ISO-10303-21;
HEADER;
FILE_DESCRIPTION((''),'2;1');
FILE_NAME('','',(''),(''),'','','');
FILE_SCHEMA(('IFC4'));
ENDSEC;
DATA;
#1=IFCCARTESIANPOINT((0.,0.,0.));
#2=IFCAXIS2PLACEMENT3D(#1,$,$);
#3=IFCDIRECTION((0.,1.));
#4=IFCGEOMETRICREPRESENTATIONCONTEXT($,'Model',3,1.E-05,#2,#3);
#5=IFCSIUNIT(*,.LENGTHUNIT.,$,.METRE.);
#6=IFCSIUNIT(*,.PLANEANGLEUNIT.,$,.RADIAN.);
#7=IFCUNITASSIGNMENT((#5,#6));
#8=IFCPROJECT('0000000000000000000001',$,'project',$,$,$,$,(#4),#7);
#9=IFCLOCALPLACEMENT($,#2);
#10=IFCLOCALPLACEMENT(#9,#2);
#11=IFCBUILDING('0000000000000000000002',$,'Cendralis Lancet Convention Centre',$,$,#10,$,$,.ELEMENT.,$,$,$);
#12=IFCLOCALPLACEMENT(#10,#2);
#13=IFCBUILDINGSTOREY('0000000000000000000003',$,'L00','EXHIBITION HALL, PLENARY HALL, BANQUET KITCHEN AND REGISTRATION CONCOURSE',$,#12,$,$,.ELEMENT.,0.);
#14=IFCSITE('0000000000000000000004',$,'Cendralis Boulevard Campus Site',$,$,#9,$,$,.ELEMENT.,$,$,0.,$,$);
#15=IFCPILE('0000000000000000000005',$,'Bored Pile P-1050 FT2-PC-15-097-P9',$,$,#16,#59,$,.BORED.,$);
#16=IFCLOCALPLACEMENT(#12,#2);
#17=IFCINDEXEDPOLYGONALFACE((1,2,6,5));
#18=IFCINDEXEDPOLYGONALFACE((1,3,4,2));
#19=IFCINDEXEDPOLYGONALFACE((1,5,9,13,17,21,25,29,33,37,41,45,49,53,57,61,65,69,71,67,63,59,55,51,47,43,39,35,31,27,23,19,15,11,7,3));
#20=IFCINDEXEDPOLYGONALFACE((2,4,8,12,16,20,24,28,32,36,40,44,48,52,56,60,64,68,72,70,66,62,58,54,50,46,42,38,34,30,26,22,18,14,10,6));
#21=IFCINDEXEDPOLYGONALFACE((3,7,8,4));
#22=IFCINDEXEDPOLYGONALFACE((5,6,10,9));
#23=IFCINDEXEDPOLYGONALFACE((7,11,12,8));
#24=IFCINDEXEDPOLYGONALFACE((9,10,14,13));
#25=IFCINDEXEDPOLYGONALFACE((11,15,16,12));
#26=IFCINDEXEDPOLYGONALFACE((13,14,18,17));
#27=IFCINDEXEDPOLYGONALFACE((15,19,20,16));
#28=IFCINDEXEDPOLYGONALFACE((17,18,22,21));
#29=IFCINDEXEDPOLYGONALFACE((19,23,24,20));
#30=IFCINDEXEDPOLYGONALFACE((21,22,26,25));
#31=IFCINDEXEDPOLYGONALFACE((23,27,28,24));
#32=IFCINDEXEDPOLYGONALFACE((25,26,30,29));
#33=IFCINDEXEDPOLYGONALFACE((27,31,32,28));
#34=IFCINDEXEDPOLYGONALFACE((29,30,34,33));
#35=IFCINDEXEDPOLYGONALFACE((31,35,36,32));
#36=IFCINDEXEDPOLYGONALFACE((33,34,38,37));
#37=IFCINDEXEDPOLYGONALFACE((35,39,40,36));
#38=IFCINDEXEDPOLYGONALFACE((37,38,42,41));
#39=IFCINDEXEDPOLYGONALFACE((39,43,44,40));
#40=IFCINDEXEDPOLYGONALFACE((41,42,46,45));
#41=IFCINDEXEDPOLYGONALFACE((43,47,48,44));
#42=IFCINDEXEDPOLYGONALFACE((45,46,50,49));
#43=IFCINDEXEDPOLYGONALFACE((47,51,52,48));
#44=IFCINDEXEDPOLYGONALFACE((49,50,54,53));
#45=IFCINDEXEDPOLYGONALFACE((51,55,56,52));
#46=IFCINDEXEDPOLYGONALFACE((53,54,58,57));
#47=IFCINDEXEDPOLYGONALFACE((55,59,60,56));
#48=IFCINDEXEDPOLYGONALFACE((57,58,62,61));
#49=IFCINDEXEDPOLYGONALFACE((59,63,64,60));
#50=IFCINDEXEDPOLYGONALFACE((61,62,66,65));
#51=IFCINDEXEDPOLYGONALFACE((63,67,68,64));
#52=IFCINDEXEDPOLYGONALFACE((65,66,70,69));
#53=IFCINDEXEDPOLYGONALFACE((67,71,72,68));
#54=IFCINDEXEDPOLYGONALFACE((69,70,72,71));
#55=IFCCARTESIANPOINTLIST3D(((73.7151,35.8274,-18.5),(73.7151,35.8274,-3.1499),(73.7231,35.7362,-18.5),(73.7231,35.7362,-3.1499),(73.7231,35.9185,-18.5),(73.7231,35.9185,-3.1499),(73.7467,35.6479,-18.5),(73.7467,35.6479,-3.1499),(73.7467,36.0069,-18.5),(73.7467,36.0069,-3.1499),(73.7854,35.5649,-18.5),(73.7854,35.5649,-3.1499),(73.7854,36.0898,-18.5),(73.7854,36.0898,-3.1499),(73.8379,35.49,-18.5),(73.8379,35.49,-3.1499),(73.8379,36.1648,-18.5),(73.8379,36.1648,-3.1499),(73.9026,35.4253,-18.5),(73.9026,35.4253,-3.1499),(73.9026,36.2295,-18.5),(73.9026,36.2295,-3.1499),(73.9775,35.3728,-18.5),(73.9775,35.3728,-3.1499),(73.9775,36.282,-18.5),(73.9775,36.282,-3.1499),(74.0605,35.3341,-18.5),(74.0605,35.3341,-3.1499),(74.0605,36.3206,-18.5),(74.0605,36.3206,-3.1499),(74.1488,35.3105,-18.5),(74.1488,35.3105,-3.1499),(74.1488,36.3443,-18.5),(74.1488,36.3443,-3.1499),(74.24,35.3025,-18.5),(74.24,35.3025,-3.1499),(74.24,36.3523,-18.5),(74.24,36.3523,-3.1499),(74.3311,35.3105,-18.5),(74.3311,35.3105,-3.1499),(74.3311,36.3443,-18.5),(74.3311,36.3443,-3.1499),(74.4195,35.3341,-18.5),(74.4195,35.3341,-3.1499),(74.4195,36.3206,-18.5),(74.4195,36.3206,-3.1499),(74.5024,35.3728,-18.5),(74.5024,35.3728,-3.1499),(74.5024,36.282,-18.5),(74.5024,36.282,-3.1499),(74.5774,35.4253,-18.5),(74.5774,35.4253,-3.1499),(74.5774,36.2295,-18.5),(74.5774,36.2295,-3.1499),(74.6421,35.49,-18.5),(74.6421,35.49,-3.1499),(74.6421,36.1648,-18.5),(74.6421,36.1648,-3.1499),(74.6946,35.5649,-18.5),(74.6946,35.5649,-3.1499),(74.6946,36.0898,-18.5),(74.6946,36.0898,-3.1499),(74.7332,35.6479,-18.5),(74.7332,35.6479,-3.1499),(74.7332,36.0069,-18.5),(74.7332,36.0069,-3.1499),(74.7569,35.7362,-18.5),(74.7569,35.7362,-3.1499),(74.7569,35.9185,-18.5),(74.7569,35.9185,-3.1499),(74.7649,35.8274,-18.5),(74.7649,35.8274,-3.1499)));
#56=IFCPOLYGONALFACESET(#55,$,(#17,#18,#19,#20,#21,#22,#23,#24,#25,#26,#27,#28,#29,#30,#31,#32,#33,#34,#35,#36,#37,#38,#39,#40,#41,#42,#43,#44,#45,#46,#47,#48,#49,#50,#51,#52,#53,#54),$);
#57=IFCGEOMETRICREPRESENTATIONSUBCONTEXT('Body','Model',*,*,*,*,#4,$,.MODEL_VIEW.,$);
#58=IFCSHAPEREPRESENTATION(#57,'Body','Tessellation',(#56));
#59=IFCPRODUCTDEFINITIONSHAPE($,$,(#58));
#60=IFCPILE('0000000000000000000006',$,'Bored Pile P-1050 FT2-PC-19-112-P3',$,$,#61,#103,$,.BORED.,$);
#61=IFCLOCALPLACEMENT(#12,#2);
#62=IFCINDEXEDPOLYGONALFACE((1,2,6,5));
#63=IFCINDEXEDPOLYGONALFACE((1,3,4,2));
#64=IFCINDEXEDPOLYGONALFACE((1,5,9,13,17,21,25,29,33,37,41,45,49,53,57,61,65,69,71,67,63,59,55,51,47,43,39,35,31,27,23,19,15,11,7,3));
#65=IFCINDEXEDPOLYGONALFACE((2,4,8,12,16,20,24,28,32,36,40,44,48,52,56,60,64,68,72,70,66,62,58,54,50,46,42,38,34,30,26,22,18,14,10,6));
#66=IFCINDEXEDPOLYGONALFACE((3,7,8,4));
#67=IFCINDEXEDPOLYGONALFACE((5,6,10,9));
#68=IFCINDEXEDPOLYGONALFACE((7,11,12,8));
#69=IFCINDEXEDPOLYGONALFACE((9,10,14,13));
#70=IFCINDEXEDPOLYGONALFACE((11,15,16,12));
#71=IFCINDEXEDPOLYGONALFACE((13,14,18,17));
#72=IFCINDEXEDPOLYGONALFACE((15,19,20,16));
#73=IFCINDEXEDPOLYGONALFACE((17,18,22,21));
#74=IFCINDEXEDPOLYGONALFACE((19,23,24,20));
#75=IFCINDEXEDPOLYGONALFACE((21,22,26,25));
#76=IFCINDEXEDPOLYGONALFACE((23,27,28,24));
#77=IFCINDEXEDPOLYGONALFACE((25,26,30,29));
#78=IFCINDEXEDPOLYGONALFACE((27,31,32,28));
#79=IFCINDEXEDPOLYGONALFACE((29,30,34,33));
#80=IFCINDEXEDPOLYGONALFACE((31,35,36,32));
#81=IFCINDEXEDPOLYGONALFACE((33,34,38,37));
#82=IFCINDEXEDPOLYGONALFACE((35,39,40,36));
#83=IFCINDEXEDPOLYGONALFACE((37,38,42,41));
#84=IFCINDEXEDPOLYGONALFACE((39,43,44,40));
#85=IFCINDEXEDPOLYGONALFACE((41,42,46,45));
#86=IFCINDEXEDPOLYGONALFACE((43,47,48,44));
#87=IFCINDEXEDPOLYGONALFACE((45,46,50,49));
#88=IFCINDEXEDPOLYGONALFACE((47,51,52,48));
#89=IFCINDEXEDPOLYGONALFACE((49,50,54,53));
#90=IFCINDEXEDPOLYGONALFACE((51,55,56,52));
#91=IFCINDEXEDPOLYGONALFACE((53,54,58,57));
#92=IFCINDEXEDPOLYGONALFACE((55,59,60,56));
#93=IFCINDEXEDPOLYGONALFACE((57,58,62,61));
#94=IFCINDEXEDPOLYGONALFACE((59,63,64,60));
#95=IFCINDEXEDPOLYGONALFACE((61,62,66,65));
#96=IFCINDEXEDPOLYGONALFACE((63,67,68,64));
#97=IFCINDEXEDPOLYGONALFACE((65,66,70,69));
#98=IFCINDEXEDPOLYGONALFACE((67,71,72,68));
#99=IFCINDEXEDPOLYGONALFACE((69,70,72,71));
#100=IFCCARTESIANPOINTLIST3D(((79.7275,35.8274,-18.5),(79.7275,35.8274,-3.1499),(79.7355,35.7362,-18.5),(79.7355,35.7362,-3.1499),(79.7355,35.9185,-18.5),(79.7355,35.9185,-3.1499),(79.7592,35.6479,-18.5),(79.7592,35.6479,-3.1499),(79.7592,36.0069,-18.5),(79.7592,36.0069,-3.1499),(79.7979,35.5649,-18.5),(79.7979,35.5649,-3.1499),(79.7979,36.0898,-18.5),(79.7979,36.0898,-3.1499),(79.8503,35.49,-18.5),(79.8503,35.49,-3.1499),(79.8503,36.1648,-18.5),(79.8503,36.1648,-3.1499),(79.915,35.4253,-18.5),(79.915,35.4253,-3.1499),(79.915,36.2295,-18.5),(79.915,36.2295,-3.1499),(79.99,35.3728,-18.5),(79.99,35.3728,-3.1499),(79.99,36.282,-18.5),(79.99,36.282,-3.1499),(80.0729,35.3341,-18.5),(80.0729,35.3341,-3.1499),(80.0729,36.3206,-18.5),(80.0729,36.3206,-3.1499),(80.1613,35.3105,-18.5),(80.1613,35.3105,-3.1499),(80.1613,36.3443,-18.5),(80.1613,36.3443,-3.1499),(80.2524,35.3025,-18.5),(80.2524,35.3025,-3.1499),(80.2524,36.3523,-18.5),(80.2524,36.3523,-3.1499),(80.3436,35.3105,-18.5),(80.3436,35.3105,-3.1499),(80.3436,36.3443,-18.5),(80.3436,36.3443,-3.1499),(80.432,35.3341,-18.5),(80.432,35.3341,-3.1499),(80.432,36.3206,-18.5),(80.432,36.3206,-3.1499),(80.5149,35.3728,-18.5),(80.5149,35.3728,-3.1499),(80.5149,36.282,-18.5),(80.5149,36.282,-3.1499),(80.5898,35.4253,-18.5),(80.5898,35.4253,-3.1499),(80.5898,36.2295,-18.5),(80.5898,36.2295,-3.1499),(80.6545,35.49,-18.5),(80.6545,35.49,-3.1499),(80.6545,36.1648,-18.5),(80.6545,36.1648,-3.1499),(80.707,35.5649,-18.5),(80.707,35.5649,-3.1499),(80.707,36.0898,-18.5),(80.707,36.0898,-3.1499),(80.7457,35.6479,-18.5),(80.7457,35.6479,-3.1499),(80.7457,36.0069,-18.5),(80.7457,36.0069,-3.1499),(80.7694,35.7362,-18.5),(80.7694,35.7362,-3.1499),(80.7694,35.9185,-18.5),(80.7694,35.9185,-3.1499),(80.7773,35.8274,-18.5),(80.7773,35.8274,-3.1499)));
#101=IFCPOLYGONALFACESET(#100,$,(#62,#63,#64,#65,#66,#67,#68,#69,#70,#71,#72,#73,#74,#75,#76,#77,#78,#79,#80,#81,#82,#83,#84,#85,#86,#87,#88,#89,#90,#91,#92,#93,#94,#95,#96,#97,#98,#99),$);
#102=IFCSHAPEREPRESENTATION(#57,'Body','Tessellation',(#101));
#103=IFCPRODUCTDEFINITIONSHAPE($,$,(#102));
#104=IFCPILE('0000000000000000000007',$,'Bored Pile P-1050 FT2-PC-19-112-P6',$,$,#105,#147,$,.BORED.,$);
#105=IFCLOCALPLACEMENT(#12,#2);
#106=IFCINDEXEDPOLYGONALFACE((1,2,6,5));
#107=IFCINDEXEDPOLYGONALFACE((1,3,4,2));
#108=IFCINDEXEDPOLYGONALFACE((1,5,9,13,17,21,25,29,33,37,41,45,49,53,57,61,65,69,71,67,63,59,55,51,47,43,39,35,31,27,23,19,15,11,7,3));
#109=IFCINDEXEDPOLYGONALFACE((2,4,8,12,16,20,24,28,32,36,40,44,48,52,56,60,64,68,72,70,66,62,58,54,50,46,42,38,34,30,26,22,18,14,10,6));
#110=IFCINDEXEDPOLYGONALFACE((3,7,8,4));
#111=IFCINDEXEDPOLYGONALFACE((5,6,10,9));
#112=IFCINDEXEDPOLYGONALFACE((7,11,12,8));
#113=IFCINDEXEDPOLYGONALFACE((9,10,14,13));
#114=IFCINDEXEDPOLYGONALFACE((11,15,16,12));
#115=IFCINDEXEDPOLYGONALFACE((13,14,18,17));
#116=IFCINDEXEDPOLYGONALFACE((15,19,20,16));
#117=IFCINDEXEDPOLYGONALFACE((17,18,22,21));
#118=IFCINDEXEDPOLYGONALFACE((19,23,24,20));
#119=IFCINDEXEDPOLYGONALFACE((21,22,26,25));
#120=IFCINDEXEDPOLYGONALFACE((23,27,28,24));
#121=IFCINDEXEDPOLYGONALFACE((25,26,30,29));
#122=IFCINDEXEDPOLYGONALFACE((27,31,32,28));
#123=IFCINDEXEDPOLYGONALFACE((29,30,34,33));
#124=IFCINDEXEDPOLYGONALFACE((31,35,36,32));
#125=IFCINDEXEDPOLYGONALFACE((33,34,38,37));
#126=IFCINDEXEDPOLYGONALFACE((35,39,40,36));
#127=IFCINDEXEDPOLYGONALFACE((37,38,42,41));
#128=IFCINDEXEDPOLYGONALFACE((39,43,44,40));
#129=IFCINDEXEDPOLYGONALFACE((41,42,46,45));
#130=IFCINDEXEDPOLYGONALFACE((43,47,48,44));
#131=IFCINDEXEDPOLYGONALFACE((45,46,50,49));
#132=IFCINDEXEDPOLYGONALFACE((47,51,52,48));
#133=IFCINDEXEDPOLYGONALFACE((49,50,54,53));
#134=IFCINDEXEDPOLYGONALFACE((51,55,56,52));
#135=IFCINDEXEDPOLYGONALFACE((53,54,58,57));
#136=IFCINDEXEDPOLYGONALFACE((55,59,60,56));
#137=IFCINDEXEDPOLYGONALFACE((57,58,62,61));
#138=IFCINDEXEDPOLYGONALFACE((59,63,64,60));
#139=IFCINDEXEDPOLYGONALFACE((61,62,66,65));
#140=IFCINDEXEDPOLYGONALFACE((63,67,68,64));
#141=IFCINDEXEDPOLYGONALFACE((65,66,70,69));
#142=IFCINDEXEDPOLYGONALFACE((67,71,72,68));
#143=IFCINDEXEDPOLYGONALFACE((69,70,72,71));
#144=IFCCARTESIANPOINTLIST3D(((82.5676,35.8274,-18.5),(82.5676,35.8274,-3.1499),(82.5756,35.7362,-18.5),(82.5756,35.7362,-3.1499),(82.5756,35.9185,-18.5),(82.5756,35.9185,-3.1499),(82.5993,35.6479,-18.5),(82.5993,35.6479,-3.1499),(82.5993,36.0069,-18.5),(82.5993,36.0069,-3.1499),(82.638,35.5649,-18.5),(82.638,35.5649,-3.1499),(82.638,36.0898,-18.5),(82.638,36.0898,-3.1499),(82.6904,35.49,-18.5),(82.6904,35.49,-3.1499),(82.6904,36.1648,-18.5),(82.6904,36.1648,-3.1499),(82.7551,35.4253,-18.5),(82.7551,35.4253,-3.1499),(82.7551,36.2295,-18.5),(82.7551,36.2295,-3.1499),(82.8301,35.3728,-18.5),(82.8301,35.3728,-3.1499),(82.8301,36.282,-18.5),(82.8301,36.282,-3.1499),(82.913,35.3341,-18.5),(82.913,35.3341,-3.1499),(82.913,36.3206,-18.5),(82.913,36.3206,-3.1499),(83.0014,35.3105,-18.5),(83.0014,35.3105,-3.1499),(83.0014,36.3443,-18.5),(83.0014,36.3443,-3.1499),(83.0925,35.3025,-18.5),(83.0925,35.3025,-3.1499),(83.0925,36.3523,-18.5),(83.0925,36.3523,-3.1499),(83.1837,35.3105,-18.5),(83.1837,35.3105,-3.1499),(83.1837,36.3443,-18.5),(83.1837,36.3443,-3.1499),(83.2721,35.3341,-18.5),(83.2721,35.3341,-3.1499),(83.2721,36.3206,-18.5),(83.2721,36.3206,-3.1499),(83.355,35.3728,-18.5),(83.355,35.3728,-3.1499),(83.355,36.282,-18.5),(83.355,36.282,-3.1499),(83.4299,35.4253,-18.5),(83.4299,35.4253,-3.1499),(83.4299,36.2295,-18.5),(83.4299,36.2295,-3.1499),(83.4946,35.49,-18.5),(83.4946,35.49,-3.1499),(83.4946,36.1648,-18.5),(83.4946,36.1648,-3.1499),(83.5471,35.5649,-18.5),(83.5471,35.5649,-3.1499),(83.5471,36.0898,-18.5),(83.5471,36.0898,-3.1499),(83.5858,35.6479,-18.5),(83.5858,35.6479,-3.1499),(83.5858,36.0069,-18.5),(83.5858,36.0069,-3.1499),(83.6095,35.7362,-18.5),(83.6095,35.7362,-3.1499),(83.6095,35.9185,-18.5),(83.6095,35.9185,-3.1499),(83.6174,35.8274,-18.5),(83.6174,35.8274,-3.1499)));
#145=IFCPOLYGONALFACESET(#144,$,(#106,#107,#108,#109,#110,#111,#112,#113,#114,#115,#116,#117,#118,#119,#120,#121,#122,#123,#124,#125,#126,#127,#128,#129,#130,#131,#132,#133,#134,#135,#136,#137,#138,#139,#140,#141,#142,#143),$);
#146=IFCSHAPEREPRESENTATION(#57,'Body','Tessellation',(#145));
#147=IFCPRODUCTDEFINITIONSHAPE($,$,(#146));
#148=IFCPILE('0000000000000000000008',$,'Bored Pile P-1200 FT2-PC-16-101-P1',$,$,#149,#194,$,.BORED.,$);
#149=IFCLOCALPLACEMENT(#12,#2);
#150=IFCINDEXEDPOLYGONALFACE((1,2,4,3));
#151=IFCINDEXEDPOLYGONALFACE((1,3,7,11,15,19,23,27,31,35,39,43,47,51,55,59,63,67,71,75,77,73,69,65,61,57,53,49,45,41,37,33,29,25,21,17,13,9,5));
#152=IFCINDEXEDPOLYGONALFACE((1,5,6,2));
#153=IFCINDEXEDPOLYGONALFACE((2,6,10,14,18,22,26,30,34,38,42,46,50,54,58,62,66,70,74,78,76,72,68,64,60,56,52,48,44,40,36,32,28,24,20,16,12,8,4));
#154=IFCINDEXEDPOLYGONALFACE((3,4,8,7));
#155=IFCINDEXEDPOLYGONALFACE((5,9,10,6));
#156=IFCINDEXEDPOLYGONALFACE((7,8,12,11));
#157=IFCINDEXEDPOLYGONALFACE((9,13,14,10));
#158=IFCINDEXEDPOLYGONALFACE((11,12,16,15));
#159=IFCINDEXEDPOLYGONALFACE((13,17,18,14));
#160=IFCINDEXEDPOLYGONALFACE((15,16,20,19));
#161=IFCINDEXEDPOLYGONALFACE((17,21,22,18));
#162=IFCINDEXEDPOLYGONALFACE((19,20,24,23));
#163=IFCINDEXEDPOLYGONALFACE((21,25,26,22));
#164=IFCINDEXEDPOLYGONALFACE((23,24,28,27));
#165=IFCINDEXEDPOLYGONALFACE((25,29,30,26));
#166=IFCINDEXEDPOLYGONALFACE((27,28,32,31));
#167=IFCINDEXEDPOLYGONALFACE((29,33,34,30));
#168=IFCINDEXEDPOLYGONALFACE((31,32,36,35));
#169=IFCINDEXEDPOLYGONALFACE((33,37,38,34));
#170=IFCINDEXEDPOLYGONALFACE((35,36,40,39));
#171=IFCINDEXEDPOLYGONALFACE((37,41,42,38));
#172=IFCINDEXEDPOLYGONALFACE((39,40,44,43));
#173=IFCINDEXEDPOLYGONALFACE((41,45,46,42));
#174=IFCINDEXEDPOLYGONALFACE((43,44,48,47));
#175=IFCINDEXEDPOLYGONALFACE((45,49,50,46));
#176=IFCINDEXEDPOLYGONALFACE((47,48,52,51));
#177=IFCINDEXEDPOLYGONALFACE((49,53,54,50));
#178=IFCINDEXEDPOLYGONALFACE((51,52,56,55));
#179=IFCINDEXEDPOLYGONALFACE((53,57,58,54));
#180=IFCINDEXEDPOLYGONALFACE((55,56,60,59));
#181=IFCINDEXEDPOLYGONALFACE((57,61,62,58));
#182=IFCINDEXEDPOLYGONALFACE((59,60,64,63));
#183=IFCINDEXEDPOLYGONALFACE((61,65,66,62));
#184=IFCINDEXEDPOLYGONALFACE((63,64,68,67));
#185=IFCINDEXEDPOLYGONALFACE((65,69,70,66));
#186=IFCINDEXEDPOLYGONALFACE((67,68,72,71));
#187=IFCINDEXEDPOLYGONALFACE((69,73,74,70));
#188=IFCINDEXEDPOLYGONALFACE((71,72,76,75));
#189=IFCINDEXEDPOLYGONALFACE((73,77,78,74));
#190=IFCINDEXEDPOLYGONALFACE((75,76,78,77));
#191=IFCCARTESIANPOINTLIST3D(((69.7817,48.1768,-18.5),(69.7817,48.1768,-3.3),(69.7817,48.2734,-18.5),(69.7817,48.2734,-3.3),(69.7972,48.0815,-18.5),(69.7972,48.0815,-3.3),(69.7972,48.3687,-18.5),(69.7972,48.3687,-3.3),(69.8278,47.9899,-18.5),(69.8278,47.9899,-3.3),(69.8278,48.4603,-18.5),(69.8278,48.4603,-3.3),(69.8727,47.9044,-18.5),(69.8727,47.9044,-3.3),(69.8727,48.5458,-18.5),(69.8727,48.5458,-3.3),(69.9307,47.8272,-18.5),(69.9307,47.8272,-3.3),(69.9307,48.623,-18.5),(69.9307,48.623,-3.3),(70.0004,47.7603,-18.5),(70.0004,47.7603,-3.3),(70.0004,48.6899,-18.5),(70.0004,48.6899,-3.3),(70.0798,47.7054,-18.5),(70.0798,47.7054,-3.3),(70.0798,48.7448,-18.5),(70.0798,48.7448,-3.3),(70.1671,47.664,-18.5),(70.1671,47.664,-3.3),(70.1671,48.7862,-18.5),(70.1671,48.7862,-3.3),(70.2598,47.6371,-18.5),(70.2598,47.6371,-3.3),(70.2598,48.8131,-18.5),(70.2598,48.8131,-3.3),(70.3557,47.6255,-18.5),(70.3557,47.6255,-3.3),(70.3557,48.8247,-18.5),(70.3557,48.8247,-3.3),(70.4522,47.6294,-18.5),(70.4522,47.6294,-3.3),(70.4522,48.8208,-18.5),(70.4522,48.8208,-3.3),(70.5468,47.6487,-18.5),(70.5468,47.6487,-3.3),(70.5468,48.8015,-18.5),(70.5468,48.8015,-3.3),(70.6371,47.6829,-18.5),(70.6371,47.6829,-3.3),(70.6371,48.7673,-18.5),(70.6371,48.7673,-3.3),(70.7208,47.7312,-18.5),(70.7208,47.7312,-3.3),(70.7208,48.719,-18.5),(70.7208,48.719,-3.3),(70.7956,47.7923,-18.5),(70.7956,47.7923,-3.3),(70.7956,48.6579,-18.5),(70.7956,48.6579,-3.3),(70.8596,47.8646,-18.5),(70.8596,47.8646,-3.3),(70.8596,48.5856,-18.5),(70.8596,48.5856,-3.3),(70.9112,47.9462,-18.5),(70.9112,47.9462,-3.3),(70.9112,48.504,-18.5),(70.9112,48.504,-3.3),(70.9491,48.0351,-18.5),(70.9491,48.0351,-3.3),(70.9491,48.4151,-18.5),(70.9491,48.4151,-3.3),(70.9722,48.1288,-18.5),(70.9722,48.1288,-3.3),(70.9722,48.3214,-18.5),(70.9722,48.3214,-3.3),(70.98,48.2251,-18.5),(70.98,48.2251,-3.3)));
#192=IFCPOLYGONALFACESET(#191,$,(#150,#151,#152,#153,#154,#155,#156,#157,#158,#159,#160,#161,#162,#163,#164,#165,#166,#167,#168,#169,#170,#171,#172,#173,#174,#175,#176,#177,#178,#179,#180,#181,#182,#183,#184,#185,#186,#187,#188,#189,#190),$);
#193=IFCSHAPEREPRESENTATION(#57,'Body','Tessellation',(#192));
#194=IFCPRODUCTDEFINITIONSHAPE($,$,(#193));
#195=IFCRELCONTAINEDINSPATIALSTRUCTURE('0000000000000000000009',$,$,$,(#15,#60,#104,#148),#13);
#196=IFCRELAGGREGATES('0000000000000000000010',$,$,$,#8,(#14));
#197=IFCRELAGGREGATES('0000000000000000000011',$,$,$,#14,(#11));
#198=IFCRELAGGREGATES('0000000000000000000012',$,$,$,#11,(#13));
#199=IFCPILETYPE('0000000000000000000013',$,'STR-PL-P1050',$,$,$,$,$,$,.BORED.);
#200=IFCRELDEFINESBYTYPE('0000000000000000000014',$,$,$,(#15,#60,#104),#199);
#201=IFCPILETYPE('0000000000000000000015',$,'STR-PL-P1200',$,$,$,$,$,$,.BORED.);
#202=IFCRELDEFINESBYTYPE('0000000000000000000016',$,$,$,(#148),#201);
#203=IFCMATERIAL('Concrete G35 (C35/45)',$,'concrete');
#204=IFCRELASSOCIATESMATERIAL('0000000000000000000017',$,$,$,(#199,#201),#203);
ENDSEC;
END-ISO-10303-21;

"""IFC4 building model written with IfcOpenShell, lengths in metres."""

from ifc_helpers import new_model, si_unit, direction, frame, origin, origin_2d, place, context, subcontext, project, spatial, circle, extrude, material, material_profile, profile_set, type_object, element, save


model = new_model("IFC4")

# Units and contexts
model_context = context("Model", 3, precision=1e-05, world=origin(), true_north=direction((0.0, 1.0)))
body_context = subcontext(model_context, "Body", "Model", "MODEL_VIEW")
ifc_project = project(units=[si_unit("LENGTHUNIT", "METRE"), si_unit("PLANEANGLEUNIT", "RADIAN")], contexts=[model_context])

# Site, building, storey
site_placement = place(None, origin())
site = spatial("IfcSite", under=ifc_project, at=site_placement, Name="Cendralis Boulevard Campus Site", CompositionType="ELEMENT", RefElevation=0.0)
building_placement = place(site_placement, origin())
building = spatial("IfcBuilding", under=site, at=building_placement, Name="Cendralis Lancet Convention Centre", CompositionType="ELEMENT")
storey_placement = place(building_placement, origin())
storey = spatial("IfcBuildingStorey", under=building, at=storey_placement, Name="L00", Description="EXHIBITION HALL, PLENARY HALL, BANQUET KITCHEN AND REGISTRATION CONCOURSE", CompositionType="ELEMENT", Elevation=0.0)

# Piles
ifc_material_1 = material(Name="Concrete G35 (C35/45)", Category="concrete")
ifc_material_profile_1 = material_profile(ifc_material_1, circle(Radius=0.5249, at=origin_2d()), Name="BORED PILE D1050")
ifc_profile_set_1 = profile_set([ifc_material_profile_1], Name="Concrete G35 (C35/45)")
pile_type_1 = type_object("IfcPileType", Name="STR-PL-P1050", PredefinedType="BORED", material=ifc_profile_set_1)
for number, where, z_axis, x_axis, name in (
    (1, (74.24, 35.8274, -3.1499), (0.0, 0.0, -1.0), (1.0, 0.0, 0.0), "Bored Pile P-1050 FT2-PC-15-097-P9"),
    (2, (80.2524, 35.8274, -3.1499), (0.0, 0.0, -1.0), (1.0, 0.0, 0.0), "Bored Pile P-1050 FT2-PC-19-112-P3"),
    (3, (83.0925, 35.8274, -3.1499), (0.0, 0.0, -1.0), (1.0, 0.0, 0.0), "Bored Pile P-1050 FT2-PC-19-112-P6"),
):
    element("IfcPile", number, at=place(storey_placement, frame(where, z_axis=z_axis, x_axis=x_axis)), inside=storey, type_object=pile_type_1, Name=name, PredefinedType="BORED", context=body_context, shape_type="SweptSolid", body=[
        extrude(circle(Radius=0.5249, at=origin_2d()), origin(), (0.0, 0.0, 1.0), 15.3501),
    ])
ifc_material_profile_2 = material_profile(ifc_material_1, circle(Radius=0.6001, at=origin_2d()), Name="BORED PILE D1200")
ifc_profile_set_2 = profile_set([ifc_material_profile_2], Name="Concrete G35 (C35/45)")
pile_type_2 = type_object("IfcPileType", Name="STR-PL-P1200", PredefinedType="BORED", material=ifc_profile_set_2)
for number, where, z_axis, x_axis, name in (
    (4, (70.3799, 48.2251, -3.3), (0.0, 0.0, -1.0), (1.0, 0.0, 0.0), "Bored Pile P-1200 FT2-PC-16-101-P1"),
):
    element("IfcPile", number, at=place(storey_placement, frame(where, z_axis=z_axis, x_axis=x_axis)), inside=storey, type_object=pile_type_2, Name=name, PredefinedType="BORED", context=body_context, shape_type="SweptSolid", body=[
        extrude(circle(Radius=0.6001, at=origin_2d()), origin(), (0.0, 0.0, 1.0), 15.2),
    ])

save(model, "model.ifc")
